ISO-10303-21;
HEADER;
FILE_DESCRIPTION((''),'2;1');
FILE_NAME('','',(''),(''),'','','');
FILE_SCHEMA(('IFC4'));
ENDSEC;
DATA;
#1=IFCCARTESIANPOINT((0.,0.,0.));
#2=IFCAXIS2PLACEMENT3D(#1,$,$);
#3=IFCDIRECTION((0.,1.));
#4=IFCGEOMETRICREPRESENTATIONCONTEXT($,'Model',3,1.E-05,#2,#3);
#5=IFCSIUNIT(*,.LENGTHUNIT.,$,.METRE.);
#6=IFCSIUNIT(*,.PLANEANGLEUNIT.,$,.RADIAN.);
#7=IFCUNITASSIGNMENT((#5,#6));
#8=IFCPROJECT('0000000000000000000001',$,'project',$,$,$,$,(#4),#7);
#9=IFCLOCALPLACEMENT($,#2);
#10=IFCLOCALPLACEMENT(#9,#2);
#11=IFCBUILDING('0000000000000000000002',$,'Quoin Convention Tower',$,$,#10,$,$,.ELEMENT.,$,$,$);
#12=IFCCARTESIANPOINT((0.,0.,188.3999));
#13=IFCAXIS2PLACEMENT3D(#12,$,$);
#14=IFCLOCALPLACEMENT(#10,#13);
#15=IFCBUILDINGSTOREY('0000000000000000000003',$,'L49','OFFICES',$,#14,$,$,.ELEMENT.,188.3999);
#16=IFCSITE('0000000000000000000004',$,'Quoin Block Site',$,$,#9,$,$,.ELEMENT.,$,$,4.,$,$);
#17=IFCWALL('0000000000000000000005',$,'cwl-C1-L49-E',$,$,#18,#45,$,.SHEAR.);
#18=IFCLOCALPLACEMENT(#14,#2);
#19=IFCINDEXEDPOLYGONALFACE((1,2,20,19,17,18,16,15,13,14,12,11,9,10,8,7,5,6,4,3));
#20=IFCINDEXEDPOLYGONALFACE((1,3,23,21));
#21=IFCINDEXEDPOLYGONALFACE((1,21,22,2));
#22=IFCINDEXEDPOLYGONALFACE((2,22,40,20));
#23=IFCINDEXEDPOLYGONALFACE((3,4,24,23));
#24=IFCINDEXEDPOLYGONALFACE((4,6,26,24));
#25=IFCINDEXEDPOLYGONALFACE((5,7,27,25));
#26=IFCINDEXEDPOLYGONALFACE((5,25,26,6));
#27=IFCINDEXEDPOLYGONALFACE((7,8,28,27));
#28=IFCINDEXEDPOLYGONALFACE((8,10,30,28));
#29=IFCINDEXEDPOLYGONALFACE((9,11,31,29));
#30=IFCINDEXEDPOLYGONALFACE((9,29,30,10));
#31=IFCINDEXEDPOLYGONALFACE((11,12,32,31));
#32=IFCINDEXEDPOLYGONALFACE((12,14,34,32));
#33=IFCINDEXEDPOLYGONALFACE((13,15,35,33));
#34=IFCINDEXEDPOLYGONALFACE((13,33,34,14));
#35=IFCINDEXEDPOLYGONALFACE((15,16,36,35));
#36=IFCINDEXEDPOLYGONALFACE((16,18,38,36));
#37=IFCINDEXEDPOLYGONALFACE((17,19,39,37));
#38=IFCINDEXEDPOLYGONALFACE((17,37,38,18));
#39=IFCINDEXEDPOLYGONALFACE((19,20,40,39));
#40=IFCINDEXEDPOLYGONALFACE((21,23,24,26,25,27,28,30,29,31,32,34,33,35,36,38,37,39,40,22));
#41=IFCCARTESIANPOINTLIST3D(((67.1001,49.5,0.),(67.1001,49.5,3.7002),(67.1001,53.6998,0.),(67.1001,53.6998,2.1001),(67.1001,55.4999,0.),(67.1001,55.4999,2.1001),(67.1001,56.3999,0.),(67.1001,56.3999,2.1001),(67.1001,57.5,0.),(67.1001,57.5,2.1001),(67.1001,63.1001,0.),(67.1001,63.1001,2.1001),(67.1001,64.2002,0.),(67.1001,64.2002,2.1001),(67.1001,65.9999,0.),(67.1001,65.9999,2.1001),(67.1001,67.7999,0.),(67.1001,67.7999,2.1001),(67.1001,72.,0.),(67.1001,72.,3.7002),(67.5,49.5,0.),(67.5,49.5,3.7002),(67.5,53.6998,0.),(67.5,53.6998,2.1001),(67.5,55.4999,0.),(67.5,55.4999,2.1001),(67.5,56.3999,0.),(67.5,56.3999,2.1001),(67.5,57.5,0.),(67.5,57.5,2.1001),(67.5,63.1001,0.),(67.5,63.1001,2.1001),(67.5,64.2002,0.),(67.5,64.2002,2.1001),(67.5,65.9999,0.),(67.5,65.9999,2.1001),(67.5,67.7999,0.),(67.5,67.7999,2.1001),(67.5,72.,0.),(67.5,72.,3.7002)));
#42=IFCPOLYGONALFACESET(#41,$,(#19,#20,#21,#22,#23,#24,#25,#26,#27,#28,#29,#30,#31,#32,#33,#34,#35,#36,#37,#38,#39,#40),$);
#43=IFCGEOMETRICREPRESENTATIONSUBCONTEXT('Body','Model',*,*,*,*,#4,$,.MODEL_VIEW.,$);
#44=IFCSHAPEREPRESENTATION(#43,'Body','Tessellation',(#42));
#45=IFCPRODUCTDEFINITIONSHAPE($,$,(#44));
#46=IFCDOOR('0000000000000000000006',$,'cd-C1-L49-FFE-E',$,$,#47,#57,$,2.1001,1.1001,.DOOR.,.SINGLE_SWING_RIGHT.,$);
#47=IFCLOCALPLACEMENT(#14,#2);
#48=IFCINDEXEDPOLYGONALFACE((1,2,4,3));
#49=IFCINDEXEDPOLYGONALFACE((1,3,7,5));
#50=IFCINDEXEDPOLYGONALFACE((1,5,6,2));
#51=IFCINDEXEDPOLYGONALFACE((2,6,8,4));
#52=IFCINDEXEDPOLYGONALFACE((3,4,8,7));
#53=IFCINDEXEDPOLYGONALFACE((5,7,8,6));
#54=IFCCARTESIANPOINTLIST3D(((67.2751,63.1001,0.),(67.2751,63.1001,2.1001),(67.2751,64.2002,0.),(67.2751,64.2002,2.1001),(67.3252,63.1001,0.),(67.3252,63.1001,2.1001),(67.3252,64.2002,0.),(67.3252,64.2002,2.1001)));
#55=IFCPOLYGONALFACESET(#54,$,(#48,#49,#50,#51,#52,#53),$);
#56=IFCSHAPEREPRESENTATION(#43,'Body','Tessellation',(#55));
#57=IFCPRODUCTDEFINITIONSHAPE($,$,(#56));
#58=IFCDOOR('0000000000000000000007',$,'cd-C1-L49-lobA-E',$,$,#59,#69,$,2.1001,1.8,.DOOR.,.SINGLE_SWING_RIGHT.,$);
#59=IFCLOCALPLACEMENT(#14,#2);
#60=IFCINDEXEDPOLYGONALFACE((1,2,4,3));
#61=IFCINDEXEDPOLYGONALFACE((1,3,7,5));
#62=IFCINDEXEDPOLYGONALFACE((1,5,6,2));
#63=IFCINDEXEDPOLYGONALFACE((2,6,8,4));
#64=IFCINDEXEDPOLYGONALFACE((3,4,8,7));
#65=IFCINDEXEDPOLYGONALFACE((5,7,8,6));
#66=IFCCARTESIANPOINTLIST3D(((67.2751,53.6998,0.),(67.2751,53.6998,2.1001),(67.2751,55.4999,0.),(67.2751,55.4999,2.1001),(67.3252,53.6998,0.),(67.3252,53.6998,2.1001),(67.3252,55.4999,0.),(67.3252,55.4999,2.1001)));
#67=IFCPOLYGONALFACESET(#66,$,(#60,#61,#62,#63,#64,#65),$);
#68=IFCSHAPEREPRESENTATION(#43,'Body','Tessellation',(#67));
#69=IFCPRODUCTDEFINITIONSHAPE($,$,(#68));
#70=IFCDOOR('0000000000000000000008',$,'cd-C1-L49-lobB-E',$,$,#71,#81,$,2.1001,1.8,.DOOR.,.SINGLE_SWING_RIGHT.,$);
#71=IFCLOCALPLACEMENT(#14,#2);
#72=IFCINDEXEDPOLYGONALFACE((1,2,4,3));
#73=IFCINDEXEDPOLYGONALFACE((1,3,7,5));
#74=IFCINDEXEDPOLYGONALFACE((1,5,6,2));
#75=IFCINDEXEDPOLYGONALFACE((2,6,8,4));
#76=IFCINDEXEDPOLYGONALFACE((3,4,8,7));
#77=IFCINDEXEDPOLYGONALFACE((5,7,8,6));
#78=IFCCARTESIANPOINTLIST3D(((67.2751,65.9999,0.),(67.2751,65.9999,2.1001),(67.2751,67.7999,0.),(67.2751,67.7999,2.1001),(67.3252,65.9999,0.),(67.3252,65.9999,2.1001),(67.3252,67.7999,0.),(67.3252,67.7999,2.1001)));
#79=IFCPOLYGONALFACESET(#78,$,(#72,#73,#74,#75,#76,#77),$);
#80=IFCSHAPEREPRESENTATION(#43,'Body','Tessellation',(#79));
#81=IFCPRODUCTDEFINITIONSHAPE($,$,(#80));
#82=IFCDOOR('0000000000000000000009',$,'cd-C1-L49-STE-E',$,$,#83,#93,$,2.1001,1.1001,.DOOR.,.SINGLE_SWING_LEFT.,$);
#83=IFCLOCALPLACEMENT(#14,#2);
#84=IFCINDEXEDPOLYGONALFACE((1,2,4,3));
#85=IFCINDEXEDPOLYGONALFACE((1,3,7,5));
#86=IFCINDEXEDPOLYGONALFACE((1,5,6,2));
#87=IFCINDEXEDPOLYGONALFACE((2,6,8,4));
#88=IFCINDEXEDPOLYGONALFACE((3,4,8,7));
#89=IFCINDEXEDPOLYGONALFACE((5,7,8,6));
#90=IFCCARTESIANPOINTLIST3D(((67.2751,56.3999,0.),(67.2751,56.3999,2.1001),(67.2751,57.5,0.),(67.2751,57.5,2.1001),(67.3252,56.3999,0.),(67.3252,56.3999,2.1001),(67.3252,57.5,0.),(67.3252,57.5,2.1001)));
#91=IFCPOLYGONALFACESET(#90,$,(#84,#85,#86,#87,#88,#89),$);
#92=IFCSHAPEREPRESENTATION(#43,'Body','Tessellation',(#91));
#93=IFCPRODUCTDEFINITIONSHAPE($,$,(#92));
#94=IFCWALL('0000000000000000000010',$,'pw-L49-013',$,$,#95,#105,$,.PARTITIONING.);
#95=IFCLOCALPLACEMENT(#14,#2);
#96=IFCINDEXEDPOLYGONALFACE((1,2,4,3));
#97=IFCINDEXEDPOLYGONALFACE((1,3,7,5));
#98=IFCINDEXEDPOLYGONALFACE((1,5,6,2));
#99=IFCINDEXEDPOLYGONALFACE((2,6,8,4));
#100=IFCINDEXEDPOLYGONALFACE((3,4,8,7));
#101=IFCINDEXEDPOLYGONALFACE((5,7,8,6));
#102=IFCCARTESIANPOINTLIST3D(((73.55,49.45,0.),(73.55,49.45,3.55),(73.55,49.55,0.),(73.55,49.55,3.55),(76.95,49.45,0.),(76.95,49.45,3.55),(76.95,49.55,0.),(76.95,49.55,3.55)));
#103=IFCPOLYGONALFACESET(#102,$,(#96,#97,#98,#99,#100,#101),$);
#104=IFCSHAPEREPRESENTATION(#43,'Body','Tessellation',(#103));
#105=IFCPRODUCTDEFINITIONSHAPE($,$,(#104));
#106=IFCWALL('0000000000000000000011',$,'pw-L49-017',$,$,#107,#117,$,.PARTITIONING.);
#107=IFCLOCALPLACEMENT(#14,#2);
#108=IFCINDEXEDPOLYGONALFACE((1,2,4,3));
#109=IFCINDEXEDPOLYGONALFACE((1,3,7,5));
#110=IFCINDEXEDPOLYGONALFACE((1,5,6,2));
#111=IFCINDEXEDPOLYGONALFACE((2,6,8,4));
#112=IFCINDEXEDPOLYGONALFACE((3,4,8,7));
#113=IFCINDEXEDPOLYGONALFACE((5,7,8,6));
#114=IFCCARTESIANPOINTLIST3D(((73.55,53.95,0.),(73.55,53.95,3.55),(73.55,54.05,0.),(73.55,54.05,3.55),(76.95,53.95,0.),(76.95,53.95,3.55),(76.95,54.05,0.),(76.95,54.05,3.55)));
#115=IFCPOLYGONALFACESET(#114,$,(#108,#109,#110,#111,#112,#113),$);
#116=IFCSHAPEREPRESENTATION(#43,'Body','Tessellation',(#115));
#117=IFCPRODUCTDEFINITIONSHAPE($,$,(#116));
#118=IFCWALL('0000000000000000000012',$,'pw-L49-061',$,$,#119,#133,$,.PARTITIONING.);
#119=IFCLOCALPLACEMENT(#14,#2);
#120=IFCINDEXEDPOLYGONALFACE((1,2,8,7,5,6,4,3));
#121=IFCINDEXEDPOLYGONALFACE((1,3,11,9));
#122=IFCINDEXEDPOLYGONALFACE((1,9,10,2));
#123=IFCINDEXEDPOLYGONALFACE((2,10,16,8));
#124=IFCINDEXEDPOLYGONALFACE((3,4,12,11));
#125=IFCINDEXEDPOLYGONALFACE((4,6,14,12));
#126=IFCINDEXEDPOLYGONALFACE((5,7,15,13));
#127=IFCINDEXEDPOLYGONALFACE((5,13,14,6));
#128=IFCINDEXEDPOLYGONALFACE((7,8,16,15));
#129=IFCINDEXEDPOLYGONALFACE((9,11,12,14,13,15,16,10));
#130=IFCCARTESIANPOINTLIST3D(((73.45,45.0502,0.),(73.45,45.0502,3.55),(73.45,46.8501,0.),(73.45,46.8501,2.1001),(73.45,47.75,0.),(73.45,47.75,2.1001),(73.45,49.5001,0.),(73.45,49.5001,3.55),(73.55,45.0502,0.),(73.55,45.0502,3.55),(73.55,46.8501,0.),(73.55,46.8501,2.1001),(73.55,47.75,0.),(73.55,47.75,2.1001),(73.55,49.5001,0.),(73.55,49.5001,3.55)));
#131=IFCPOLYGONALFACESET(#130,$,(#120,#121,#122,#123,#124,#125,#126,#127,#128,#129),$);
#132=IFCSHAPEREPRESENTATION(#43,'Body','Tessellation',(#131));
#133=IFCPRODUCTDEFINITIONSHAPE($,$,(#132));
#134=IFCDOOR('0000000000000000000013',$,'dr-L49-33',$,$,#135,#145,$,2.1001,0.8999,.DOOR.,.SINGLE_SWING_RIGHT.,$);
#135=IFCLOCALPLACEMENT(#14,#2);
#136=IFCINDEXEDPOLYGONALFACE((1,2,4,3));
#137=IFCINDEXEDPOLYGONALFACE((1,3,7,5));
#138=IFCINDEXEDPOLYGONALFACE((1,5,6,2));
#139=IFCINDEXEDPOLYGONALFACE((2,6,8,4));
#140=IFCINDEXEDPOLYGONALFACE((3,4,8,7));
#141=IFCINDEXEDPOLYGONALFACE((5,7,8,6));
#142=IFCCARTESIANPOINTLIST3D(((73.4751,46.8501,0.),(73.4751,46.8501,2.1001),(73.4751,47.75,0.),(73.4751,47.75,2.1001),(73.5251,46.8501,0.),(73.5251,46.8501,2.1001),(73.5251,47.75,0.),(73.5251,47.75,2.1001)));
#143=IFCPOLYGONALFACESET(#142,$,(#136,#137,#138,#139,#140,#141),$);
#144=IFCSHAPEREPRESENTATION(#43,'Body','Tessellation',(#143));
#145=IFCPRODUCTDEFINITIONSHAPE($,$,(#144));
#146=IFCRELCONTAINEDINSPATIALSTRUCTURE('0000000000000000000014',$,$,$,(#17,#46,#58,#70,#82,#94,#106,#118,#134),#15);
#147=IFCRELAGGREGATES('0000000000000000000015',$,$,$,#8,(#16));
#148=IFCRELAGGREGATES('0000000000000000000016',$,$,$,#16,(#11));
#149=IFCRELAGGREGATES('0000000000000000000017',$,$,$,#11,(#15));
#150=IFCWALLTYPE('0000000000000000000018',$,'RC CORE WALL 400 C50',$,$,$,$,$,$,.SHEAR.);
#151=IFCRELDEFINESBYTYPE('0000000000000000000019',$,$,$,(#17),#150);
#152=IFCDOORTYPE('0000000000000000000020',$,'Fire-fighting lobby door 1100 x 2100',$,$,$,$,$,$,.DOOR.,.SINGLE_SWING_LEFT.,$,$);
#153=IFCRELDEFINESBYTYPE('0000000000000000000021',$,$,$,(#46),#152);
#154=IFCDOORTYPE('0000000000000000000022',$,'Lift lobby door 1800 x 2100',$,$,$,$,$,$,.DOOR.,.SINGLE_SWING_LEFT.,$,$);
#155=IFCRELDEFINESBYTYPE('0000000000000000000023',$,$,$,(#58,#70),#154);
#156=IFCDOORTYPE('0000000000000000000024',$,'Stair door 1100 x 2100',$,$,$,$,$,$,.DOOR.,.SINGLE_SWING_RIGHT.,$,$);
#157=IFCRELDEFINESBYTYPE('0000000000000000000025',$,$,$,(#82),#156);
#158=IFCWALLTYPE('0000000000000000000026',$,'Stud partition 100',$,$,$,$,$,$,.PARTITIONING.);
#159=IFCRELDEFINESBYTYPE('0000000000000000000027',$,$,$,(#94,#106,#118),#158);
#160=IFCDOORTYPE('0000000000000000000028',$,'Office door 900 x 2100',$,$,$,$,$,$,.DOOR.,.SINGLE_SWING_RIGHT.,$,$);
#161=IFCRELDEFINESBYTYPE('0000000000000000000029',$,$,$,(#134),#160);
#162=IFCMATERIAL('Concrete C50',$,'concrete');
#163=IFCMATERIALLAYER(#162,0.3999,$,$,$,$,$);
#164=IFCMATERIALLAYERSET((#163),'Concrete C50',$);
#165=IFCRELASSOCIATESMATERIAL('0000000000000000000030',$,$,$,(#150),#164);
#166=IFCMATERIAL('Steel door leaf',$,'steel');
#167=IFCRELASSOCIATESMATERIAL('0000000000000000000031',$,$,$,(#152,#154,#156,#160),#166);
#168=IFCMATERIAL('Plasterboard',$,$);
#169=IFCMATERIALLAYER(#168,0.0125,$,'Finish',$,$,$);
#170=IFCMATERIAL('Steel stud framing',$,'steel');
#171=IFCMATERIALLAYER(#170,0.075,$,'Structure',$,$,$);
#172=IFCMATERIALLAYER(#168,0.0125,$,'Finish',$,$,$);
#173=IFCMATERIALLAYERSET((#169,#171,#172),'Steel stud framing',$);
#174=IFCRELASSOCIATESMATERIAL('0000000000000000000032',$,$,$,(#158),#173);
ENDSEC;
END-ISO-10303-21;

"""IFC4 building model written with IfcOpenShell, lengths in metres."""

from ifc_helpers import new_model, si_unit, direction, frame, frame_2d, origin, place, context, subcontext, project, spatial, rectangle, extrude, material, layer, layer_set, type_object, element, fill, save


model = new_model("IFC4")

# Units and contexts
model_context = context("Model", 3, precision=1e-05, world=origin(), true_north=direction((0.0, 1.0)))
body_context = subcontext(model_context, "Body", "Model", "MODEL_VIEW")
ifc_project = project(units=[si_unit("LENGTHUNIT", "METRE"), si_unit("PLANEANGLEUNIT", "RADIAN")], contexts=[model_context])

# Site, building, storey
site_placement = place(None, origin())
site = spatial("IfcSite", under=ifc_project, at=site_placement, Name="Quoin Block Site", CompositionType="ELEMENT", RefElevation=4.0)
building_placement = place(site_placement, origin())
building = spatial("IfcBuilding", under=site, at=building_placement, Name="Quoin Convention Tower", CompositionType="ELEMENT")
storey_placement = place(building_placement, frame((0.0, 0.0, 188.3999)))
storey = spatial("IfcBuildingStorey", under=building, at=storey_placement, Name="L49", Description="OFFICES", CompositionType="ELEMENT", Elevation=188.3999)

# Shared definitions
ifc_material_1 = material(Name="Concrete C50", Category="concrete")

# Shared definitions
ifc_material_2 = material(Name="Plasterboard")
ifc_material_3 = material(Name="Steel stud framing", Category="steel")

# Wall, openings, doors
ifc_layer_1 = layer(ifc_material_1, 0.3999)
ifc_layer_set_1 = layer_set([ifc_layer_1], Name="Concrete C50")
wall_type_1 = type_object("IfcWallType", Name="RC CORE WALL 400 C50", PredefinedType="SHEAR", material=ifc_layer_set_1)
wall_1_placement = place(storey_placement, frame((67.3, 49.5, 0.0), z_axis=(0.0, 0.0, 1.0), x_axis=(0.0, 1.0, 0.0)))
wall_1 = element("IfcWall", 1, at=wall_1_placement, inside=storey, type_object=wall_type_1, Name="cwl-C1-L49-E", PredefinedType="SHEAR", context=body_context, shape_type="SweptSolid", body=[
    extrude(rectangle(XDim=22.5, YDim=0.3999, at=frame_2d((11.25, 0.0))), origin(), (0.0, 0.0, 1.0), 3.7002),
])
opening_1_placement = place(wall_1_placement, frame((4.2, 0.0, 0.0)))
opening_1 = element("IfcOpeningElement", 2, at=opening_1_placement, cuts=wall_1, PredefinedType="OPENING", context=body_context, shape_type="SweptSolid", body=[
    extrude(rectangle(XDim=1.8, YDim=2.1001, at=frame_2d((0.8999, 1.05))), frame((0.0, 0.21, 0.0), z_axis=(0.0, -1.0, 0.0), x_axis=(1.0, 0.0, 0.0)), (0.0, 0.0, 1.0), 0.4199),
])
opening_2_placement = place(wall_1_placement, frame((6.8999, 0.0, 0.0)))
opening_2 = element("IfcOpeningElement", 3, at=opening_2_placement, cuts=wall_1, PredefinedType="OPENING", context=body_context, shape_type="SweptSolid", body=[
    extrude(rectangle(XDim=1.1001, YDim=2.1001, at=frame_2d((0.55, 1.05))), frame((0.0, 0.21, 0.0), z_axis=(0.0, -1.0, 0.0), x_axis=(1.0, 0.0, 0.0)), (0.0, 0.0, 1.0), 0.4199),
])
opening_3_placement = place(wall_1_placement, frame((13.6001, 0.0, 0.0)))
opening_3 = element("IfcOpeningElement", 4, at=opening_3_placement, cuts=wall_1, PredefinedType="OPENING", context=body_context, shape_type="SweptSolid", body=[
    extrude(rectangle(XDim=1.1001, YDim=2.1001, at=frame_2d((0.55, 1.05))), frame((0.0, 0.21, 0.0), z_axis=(0.0, -1.0, 0.0), x_axis=(1.0, 0.0, 0.0)), (0.0, 0.0, 1.0), 0.4199),
])
opening_4_placement = place(wall_1_placement, frame((16.5, 0.0, 0.0)))
opening_4 = element("IfcOpeningElement", 5, at=opening_4_placement, cuts=wall_1, PredefinedType="OPENING", context=body_context, shape_type="SweptSolid", body=[
    extrude(rectangle(XDim=1.8, YDim=2.1001, at=frame_2d((0.8999, 1.05))), frame((0.0, 0.21, 0.0), z_axis=(0.0, -1.0, 0.0), x_axis=(1.0, 0.0, 0.0)), (0.0, 0.0, 1.0), 0.4199),
])
ifc_material_4 = material(Name="Steel door leaf", Category="steel")
door_type_1 = type_object("IfcDoorType", Name="Fire-fighting lobby door 1100 x 2100", OperationType="SINGLE_SWING_LEFT", PredefinedType="DOOR", material=ifc_material_4)
door_1_placement = place(opening_3_placement, origin())
door_1 = element("IfcDoor", 6, at=door_1_placement, inside=storey, type_object=door_type_1, Name="cd-C1-L49-FFE-E", OperationType="SINGLE_SWING_RIGHT", OverallHeight=2.1001, OverallWidth=1.1001, PredefinedType="DOOR", context=body_context, shape_type="SweptSolid", body=[
    extrude(rectangle(XDim=1.1001, YDim=2.1001, at=frame_2d((0.55, 1.05))), frame((0.0, 0.0249, 0.0), z_axis=(0.0, -1.0, 0.0), x_axis=(1.0, 0.0, 0.0)), (0.0, 0.0, 1.0), 0.05),
])
fill(opening_3, door_1)
door_type_2 = type_object("IfcDoorType", Name="Lift lobby door 1800 x 2100", OperationType="SINGLE_SWING_LEFT", PredefinedType="DOOR", material=ifc_material_4)
door_2_placement = place(opening_1_placement, origin())
door_2 = element("IfcDoor", 7, at=door_2_placement, inside=storey, type_object=door_type_2, Name="cd-C1-L49-lobA-E", OperationType="SINGLE_SWING_RIGHT", OverallHeight=2.1001, OverallWidth=1.8, PredefinedType="DOOR", context=body_context, shape_type="SweptSolid", body=[
    extrude(rectangle(XDim=1.8, YDim=2.1001, at=frame_2d((0.8999, 1.05))), frame((0.0, 0.0249, 0.0), z_axis=(0.0, -1.0, 0.0), x_axis=(1.0, 0.0, 0.0)), (0.0, 0.0, 1.0), 0.05),
])
fill(opening_1, door_2)
door_3_placement = place(opening_4_placement, origin())
door_3 = element("IfcDoor", 8, at=door_3_placement, inside=storey, type_object=door_type_2, Name="cd-C1-L49-lobB-E", OperationType="SINGLE_SWING_RIGHT", OverallHeight=2.1001, OverallWidth=1.8, PredefinedType="DOOR", context=body_context, shape_type="SweptSolid", body=[
    extrude(rectangle(XDim=1.8, YDim=2.1001, at=frame_2d((0.8999, 1.05))), frame((0.0, 0.0249, 0.0), z_axis=(0.0, -1.0, 0.0), x_axis=(1.0, 0.0, 0.0)), (0.0, 0.0, 1.0), 0.05),
])
fill(opening_4, door_3)
door_type_3 = type_object("IfcDoorType", Name="Stair door 1100 x 2100", OperationType="SINGLE_SWING_RIGHT", PredefinedType="DOOR", material=ifc_material_4)
door_4_placement = place(opening_2_placement, origin())
door_4 = element("IfcDoor", 9, at=door_4_placement, inside=storey, type_object=door_type_3, Name="cd-C1-L49-STE-E", OperationType="SINGLE_SWING_LEFT", OverallHeight=2.1001, OverallWidth=1.1001, PredefinedType="DOOR", context=body_context, shape_type="SweptSolid", body=[
    extrude(rectangle(XDim=1.1001, YDim=2.1001, at=frame_2d((0.55, 1.05))), frame((0.0, 0.0249, 0.0), z_axis=(0.0, -1.0, 0.0), x_axis=(1.0, 0.0, 0.0)), (0.0, 0.0, 1.0), 0.05),
])
fill(opening_2, door_4)

# Walls
ifc_layer_2 = layer(ifc_material_2, 0.0125, Name="Finish")
ifc_layer_3 = layer(ifc_material_3, 0.075, Name="Structure")
ifc_layer_4 = layer(ifc_material_2, 0.0125, Name="Finish")
ifc_layer_set_2 = layer_set([ifc_layer_2, ifc_layer_3, ifc_layer_4], Name="Steel stud framing")
wall_type_2 = type_object("IfcWallType", Name="Stud partition 100", PredefinedType="PARTITIONING", material=ifc_layer_set_2)
for number, where, z_axis, x_axis, name in (
    (10, (73.55, 49.5, 0.0), (0.0, 0.0, 1.0), (1.0, 0.0, 0.0), "pw-L49-013"),
    (11, (73.55, 54.0, 0.0), (0.0, 0.0, 1.0), (1.0, 0.0, 0.0), "pw-L49-017"),
):
    element("IfcWall", number, at=place(storey_placement, frame(where, z_axis=z_axis, x_axis=x_axis)), inside=storey, type_object=wall_type_2, Name=name, PredefinedType="PARTITIONING", context=body_context, shape_type="SweptSolid", body=[
        extrude(rectangle(XDim=3.3999, YDim=0.1001, at=frame_2d((1.7, 0.0))), origin(), (0.0, 0.0, 1.0), 3.55),
    ])

# Wall, opening, door
wall_2_placement = place(storey_placement, frame((73.5, 45.05, 0.0), z_axis=(0.0, 0.0, 1.0), x_axis=(0.0, 1.0, 0.0)))
wall_2 = element("IfcWall", 12, at=wall_2_placement, inside=storey, type_object=wall_type_2, Name="pw-L49-061", PredefinedType="PARTITIONING", context=body_context, shape_type="SweptSolid", body=[
    extrude(rectangle(XDim=4.45, YDim=0.1001, at=frame_2d((2.2251, 0.0))), origin(), (0.0, 0.0, 1.0), 3.55),
])
opening_5_placement = place(wall_2_placement, frame((1.8, 0.0, 0.0)))
opening_5 = element("IfcOpeningElement", 13, at=opening_5_placement, cuts=wall_2, PredefinedType="OPENING", context=body_context, shape_type="SweptSolid", body=[
    extrude(rectangle(XDim=0.8999, YDim=2.1001, at=frame_2d((0.45, 1.05))), frame((0.0, 0.0601, 0.0), z_axis=(0.0, -1.0, 0.0), x_axis=(1.0, 0.0, 0.0)), (0.0, 0.0, 1.0), 0.1201),
])
door_type_4 = type_object("IfcDoorType", Name="Office door 900 x 2100", OperationType="SINGLE_SWING_RIGHT", PredefinedType="DOOR", material=ifc_material_4)
door_5_placement = place(opening_5_placement, origin())
door_5 = element("IfcDoor", 14, at=door_5_placement, inside=storey, type_object=door_type_4, Name="dr-L49-33", OperationType="SINGLE_SWING_RIGHT", OverallHeight=2.1001, OverallWidth=0.8999, PredefinedType="DOOR", context=body_context, shape_type="SweptSolid", body=[
    extrude(rectangle(XDim=0.8999, YDim=2.1001, at=frame_2d((0.45, 1.05))), frame((0.0, 0.0249, 0.0), z_axis=(0.0, -1.0, 0.0), x_axis=(1.0, 0.0, 0.0)), (0.0, 0.0, 1.0), 0.05),
])
fill(opening_5, door_5)

save(model, "model.ifc")
